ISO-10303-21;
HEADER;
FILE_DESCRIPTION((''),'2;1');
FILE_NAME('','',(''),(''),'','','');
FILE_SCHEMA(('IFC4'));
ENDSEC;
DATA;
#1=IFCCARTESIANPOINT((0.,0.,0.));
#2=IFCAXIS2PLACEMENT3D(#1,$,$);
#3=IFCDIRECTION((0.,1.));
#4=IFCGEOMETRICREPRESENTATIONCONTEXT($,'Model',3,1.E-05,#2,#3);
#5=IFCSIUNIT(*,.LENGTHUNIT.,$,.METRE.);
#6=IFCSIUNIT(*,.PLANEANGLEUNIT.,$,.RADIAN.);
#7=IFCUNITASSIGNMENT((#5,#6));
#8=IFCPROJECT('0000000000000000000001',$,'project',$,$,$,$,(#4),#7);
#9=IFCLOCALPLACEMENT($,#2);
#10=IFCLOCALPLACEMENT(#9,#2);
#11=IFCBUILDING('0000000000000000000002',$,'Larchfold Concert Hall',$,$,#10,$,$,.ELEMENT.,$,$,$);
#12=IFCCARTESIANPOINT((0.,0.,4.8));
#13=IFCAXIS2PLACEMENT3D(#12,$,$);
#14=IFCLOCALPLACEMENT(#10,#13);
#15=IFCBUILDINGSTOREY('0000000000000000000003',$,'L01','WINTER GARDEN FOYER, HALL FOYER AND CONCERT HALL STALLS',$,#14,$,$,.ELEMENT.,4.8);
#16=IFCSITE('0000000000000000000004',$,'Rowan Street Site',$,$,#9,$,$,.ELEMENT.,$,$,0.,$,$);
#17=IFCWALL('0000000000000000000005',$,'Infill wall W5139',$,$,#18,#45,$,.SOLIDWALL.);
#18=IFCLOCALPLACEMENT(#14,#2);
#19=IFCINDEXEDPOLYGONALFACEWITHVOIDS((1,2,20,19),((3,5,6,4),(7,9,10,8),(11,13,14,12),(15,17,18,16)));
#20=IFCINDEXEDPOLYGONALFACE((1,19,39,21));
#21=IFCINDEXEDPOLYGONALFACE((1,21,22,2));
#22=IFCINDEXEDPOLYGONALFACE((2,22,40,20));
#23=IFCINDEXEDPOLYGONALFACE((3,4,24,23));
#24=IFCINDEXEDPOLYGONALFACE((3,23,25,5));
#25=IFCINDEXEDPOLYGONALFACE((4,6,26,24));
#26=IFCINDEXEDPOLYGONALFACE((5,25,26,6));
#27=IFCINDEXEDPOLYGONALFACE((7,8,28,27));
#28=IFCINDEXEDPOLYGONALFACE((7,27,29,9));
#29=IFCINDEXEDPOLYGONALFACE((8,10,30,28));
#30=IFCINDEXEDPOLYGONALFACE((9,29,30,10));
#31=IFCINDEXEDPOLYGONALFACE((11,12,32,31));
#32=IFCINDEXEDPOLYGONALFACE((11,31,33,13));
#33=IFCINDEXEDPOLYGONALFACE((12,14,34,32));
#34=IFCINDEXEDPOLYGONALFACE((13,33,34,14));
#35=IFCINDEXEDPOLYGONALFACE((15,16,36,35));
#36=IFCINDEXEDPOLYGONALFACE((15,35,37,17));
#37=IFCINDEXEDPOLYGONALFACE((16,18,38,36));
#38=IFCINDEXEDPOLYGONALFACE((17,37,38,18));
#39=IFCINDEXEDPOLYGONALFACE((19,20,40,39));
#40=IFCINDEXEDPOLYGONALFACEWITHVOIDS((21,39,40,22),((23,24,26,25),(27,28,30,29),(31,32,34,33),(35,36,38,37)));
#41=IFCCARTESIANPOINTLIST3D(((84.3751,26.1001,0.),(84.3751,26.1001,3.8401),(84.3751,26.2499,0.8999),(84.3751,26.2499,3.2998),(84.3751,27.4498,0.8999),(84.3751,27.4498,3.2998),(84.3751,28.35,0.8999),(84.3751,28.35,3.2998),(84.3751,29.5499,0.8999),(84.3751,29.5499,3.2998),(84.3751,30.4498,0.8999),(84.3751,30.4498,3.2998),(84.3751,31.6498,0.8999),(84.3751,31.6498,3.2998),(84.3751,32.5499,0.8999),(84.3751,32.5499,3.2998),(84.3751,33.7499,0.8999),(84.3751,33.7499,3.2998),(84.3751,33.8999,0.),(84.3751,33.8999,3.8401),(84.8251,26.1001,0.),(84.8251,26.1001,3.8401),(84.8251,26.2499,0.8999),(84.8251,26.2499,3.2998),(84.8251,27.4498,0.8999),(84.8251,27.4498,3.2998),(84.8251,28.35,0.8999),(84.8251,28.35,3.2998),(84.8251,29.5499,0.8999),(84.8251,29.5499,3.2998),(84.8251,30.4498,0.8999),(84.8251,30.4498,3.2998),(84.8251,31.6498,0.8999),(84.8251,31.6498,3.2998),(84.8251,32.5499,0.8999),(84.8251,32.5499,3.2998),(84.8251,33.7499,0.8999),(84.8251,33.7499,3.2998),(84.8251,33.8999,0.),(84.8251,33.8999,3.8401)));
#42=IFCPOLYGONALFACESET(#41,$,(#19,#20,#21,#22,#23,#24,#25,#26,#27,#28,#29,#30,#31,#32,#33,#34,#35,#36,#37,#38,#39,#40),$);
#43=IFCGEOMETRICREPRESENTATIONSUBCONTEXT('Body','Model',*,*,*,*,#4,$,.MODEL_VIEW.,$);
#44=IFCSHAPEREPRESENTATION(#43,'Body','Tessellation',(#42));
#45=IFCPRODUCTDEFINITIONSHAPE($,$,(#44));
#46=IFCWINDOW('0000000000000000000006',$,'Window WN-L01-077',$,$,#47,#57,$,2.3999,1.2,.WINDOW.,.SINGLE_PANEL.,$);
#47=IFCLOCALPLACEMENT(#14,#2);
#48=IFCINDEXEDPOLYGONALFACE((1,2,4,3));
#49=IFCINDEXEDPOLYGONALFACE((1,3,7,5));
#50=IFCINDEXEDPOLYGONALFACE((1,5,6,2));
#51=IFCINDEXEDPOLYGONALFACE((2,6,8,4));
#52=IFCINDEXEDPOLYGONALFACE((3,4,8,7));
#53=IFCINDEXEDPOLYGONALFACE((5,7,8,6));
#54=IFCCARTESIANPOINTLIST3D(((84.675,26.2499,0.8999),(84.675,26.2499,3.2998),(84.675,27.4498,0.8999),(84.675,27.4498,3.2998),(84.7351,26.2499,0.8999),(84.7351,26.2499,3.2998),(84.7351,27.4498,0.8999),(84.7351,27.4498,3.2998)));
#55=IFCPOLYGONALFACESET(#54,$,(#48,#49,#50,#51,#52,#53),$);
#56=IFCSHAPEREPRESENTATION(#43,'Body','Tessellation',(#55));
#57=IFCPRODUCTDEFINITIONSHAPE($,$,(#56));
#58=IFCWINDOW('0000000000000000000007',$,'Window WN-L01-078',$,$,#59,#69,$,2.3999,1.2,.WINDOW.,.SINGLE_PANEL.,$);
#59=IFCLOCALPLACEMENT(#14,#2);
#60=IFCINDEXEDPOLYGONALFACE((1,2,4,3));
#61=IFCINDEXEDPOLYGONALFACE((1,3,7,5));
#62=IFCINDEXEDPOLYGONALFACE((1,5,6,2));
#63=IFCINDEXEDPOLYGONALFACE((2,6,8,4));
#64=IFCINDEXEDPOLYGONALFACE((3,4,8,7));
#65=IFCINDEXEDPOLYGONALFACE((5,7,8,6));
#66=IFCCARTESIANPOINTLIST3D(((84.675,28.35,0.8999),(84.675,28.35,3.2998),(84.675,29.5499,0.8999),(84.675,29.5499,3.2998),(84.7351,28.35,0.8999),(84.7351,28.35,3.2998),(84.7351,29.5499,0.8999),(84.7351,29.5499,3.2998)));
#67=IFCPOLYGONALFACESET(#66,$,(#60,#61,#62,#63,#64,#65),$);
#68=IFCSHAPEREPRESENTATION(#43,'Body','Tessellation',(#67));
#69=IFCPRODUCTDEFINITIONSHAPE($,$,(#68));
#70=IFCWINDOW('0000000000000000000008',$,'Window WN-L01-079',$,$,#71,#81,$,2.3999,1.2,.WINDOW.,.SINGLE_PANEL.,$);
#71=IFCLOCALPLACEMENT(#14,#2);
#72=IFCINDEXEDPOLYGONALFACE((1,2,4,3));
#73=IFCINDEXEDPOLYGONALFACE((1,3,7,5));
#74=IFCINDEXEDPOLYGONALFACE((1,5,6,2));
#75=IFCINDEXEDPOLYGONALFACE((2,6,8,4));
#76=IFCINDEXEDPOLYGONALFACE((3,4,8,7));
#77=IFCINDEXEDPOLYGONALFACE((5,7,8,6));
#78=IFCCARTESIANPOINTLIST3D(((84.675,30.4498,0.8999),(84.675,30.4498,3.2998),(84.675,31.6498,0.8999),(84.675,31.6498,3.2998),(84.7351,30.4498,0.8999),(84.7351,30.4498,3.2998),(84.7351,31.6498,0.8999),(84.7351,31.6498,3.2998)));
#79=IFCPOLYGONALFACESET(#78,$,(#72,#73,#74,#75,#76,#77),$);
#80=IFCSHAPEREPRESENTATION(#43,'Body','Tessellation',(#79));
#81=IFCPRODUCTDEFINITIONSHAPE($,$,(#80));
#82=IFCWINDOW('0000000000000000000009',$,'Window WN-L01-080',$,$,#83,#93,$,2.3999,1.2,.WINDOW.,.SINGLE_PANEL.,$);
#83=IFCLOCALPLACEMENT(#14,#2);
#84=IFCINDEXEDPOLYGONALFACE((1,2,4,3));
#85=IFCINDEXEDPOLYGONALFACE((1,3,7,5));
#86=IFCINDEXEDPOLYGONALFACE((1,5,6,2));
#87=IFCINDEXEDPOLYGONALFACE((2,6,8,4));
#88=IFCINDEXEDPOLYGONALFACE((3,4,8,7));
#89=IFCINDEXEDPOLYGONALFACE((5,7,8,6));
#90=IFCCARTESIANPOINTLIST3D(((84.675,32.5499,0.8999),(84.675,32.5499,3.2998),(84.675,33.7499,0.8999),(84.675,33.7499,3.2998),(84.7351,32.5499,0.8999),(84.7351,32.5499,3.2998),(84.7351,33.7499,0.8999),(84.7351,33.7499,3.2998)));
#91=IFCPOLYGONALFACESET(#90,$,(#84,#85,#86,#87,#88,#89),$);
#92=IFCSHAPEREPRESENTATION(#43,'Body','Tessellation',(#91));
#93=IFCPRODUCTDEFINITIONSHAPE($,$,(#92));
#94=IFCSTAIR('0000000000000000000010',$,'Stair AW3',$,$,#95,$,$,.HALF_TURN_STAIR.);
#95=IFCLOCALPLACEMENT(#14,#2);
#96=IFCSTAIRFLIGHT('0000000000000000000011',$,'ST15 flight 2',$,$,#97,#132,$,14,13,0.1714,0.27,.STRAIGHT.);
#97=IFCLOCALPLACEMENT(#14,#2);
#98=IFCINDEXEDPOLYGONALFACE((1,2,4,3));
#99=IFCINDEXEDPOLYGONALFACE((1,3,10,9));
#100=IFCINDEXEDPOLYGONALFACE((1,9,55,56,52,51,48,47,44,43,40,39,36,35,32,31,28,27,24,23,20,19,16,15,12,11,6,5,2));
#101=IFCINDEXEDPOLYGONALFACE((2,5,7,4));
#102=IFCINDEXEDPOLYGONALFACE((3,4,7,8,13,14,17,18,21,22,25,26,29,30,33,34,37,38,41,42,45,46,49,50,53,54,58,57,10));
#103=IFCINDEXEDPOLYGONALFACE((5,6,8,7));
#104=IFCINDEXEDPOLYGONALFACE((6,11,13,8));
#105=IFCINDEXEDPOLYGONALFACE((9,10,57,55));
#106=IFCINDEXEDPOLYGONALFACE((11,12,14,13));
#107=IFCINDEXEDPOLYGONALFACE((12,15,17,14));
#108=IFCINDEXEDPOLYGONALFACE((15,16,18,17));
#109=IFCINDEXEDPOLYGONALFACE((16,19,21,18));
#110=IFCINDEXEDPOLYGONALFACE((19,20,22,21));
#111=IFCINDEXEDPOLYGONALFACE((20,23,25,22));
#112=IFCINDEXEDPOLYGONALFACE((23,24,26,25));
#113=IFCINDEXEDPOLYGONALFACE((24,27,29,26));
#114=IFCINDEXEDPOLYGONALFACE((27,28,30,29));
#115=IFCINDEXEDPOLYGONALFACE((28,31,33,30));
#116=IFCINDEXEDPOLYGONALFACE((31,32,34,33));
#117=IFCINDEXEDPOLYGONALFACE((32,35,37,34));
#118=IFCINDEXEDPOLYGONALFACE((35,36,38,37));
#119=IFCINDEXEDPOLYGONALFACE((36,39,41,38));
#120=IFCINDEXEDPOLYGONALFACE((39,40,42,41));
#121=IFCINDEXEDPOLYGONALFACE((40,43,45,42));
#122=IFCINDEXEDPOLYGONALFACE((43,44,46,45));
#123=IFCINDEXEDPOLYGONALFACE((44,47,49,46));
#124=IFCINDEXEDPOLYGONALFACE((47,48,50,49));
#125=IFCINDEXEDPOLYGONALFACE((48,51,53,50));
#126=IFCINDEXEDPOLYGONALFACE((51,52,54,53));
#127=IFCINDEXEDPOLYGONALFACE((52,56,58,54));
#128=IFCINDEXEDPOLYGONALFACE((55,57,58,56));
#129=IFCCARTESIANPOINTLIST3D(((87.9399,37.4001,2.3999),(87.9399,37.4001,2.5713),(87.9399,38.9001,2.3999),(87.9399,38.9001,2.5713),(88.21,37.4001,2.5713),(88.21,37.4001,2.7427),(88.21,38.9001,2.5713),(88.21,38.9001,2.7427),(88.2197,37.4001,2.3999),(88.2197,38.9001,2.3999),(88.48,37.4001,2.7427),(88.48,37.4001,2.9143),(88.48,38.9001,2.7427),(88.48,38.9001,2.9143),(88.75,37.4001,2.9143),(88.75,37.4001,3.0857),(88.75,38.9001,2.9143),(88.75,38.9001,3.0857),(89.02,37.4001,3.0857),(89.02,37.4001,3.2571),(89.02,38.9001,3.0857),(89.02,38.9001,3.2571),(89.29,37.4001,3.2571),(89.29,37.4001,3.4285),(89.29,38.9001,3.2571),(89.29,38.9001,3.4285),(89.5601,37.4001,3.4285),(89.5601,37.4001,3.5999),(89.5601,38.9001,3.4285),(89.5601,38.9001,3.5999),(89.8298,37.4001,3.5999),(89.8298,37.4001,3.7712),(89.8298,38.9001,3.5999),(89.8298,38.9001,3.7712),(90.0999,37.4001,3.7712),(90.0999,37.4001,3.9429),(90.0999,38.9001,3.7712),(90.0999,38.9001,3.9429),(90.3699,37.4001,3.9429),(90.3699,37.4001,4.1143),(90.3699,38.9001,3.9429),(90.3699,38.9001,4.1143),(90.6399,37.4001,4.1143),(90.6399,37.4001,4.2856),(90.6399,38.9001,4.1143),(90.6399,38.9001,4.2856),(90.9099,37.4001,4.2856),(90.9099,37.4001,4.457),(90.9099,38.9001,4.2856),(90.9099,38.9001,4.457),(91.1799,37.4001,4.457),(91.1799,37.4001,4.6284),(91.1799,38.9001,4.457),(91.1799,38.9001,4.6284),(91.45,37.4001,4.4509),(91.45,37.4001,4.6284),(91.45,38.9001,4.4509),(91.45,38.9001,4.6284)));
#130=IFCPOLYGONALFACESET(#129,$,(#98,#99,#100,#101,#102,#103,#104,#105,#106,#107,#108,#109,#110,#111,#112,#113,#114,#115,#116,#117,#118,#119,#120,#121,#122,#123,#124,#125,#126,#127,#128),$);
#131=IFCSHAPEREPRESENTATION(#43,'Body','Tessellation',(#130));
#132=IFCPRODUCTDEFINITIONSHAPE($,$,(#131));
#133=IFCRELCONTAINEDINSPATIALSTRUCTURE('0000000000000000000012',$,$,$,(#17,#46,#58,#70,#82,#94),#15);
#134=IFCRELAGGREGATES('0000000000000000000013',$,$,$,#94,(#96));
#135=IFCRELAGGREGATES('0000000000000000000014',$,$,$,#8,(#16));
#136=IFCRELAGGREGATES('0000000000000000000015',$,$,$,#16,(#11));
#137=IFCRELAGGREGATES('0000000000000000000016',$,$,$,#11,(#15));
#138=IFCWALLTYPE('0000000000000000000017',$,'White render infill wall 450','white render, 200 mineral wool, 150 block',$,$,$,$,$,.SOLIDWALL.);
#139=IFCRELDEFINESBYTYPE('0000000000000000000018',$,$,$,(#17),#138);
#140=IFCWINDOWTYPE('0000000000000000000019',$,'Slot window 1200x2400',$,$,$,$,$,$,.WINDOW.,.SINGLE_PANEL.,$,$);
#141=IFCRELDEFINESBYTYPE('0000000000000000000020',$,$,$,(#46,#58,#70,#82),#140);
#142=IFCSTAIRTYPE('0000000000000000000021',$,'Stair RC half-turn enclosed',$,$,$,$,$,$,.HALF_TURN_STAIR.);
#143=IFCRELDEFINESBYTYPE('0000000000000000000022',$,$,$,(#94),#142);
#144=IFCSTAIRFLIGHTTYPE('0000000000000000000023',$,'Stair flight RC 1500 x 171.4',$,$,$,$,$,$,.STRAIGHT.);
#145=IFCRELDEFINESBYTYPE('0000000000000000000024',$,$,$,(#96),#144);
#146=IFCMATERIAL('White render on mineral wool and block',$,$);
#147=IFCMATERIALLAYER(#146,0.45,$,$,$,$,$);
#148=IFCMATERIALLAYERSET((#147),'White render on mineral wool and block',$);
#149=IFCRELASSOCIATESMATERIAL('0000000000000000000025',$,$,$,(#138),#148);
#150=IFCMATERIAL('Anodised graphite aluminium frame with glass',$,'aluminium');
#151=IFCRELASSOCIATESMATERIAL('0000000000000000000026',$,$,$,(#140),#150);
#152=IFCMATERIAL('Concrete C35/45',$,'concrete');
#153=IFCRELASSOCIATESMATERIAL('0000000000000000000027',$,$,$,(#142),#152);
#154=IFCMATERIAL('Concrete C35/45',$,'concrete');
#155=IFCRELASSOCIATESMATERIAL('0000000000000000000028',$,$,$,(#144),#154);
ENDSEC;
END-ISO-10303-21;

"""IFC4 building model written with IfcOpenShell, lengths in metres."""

from ifc_helpers import new_model, si_unit, direction, frame, frame_2d, origin, place, context, subcontext, project, spatial, polyline, rectangle, outline, extrude, material, layer, layer_set, type_object, element, fill, aggregate, save


model = new_model("IFC4")

# Units and contexts
model_context = context("Model", 3, precision=1e-05, world=origin(), true_north=direction((0.0, 1.0)))
body_context = subcontext(model_context, "Body", "Model", "MODEL_VIEW")
ifc_project = project(units=[si_unit("LENGTHUNIT", "METRE"), si_unit("PLANEANGLEUNIT", "RADIAN")], contexts=[model_context])

# Site, building, storey
site_placement = place(None, origin())
site = spatial("IfcSite", under=ifc_project, at=site_placement, Name="Rowan Street Site", CompositionType="ELEMENT", RefElevation=0.0)
building_placement = place(site_placement, origin())
building = spatial("IfcBuilding", under=site, at=building_placement, Name="Larchfold Concert Hall", CompositionType="ELEMENT")
storey_placement = place(building_placement, frame((0.0, 0.0, 4.8)))
storey = spatial("IfcBuildingStorey", under=building, at=storey_placement, Name="L01", Description="WINTER GARDEN FOYER, HALL FOYER AND CONCERT HALL STALLS", CompositionType="ELEMENT", Elevation=4.8)

# Wall, openings, windows
ifc_material_1 = material(Name="White render on mineral wool and block")
ifc_layer_1 = layer(ifc_material_1, 0.45)
ifc_layer_set_1 = layer_set([ifc_layer_1], Name="White render on mineral wool and block")
wall_type_1 = type_object("IfcWallType", Name="White render infill wall 450", Description="white render, 200 mineral wool, 150 block", PredefinedType="SOLIDWALL", material=ifc_layer_set_1)
wall_1_placement = place(storey_placement, frame((84.6001, 33.8999, 0.0), z_axis=(0.0, 0.0, 1.0), x_axis=(0.0, -1.0, 0.0)))
wall_1 = element("IfcWall", 1, at=wall_1_placement, inside=storey, type_object=wall_type_1, Name="Infill wall W5139", PredefinedType="SOLIDWALL", context=body_context, shape_type="SweptSolid", body=[
    extrude(rectangle(XDim=7.7998, YDim=0.45, at=frame_2d((3.8999, 0.0))), origin(), (0.0, 0.0, 1.0), 3.8401),
])
opening_1_placement = place(wall_1_placement, frame((6.45, 0.0, 0.8999)))
opening_1 = element("IfcOpeningElement", 2, at=opening_1_placement, cuts=wall_1, PredefinedType="OPENING", context=body_context, shape_type="SweptSolid", body=[
    extrude(rectangle(XDim=1.2, YDim=2.3999, at=frame_2d((0.6001, 1.2))), frame((0.0, 0.2349, 0.0), z_axis=(0.0, -1.0, 0.0), x_axis=(1.0, 0.0, 0.0)), (0.0, 0.0, 1.0), 0.47),
])
opening_2_placement = place(wall_1_placement, frame((4.3499, 0.0, 0.8999)))
opening_2 = element("IfcOpeningElement", 3, at=opening_2_placement, cuts=wall_1, PredefinedType="OPENING", context=body_context, shape_type="SweptSolid", body=[
    extrude(rectangle(XDim=1.2, YDim=2.3999, at=frame_2d((0.6001, 1.2))), frame((0.0, 0.2349, 0.0), z_axis=(0.0, -1.0, 0.0), x_axis=(1.0, 0.0, 0.0)), (0.0, 0.0, 1.0), 0.47),
])
opening_3_placement = place(wall_1_placement, frame((2.25, 0.0, 0.8999)))
opening_3 = element("IfcOpeningElement", 4, at=opening_3_placement, cuts=wall_1, PredefinedType="OPENING", context=body_context, shape_type="SweptSolid", body=[
    extrude(rectangle(XDim=1.2, YDim=2.3999, at=frame_2d((0.6001, 1.2))), frame((0.0, 0.2349, 0.0), z_axis=(0.0, -1.0, 0.0), x_axis=(1.0, 0.0, 0.0)), (0.0, 0.0, 1.0), 0.47),
])
opening_4_placement = place(wall_1_placement, frame((0.1499, 0.0, 0.8999)))
opening_4 = element("IfcOpeningElement", 5, at=opening_4_placement, cuts=wall_1, PredefinedType="OPENING", context=body_context, shape_type="SweptSolid", body=[
    extrude(rectangle(XDim=1.2, YDim=2.3999, at=frame_2d((0.6001, 1.2))), frame((0.0, 0.2349, 0.0), z_axis=(0.0, -1.0, 0.0), x_axis=(1.0, 0.0, 0.0)), (0.0, 0.0, 1.0), 0.47),
])
ifc_material_2 = material(Name="Anodised graphite aluminium frame with glass", Category="aluminium")
window_type = type_object("IfcWindowType", Name="Slot window 1200x2400", PartitioningType="SINGLE_PANEL", PredefinedType="WINDOW", material=ifc_material_2)
window_1_placement = place(opening_1_placement, origin())
window_1 = element("IfcWindow", 6, at=window_1_placement, inside=storey, type_object=window_type, Name="Window WN-L01-077", OverallHeight=2.3999, OverallWidth=1.2, PartitioningType="SINGLE_PANEL", PredefinedType="WINDOW", context=body_context, shape_type="SweptSolid", body=[
    extrude(rectangle(XDim=1.2, YDim=2.3999, at=frame_2d((0.6001, 1.2))), frame((0.0, 0.135, 0.0), z_axis=(0.0, -1.0, 0.0), x_axis=(1.0, 0.0, 0.0)), (0.0, 0.0, 1.0), 0.0601),
])
fill(opening_1, window_1)
window_2_placement = place(opening_2_placement, origin())
window_2 = element("IfcWindow", 7, at=window_2_placement, inside=storey, type_object=window_type, Name="Window WN-L01-078", OverallHeight=2.3999, OverallWidth=1.2, PartitioningType="SINGLE_PANEL", PredefinedType="WINDOW", context=body_context, shape_type="SweptSolid", body=[
    extrude(rectangle(XDim=1.2, YDim=2.3999, at=frame_2d((0.6001, 1.2))), frame((0.0, 0.135, 0.0), z_axis=(0.0, -1.0, 0.0), x_axis=(1.0, 0.0, 0.0)), (0.0, 0.0, 1.0), 0.0601),
])
fill(opening_2, window_2)
window_3_placement = place(opening_3_placement, origin())
window_3 = element("IfcWindow", 8, at=window_3_placement, inside=storey, type_object=window_type, Name="Window WN-L01-079", OverallHeight=2.3999, OverallWidth=1.2, PartitioningType="SINGLE_PANEL", PredefinedType="WINDOW", context=body_context, shape_type="SweptSolid", body=[
    extrude(rectangle(XDim=1.2, YDim=2.3999, at=frame_2d((0.6001, 1.2))), frame((0.0, 0.135, 0.0), z_axis=(0.0, -1.0, 0.0), x_axis=(1.0, 0.0, 0.0)), (0.0, 0.0, 1.0), 0.0601),
])
fill(opening_3, window_3)
window_4_placement = place(opening_4_placement, origin())
window_4 = element("IfcWindow", 9, at=window_4_placement, inside=storey, type_object=window_type, Name="Window WN-L01-080", OverallHeight=2.3999, OverallWidth=1.2, PartitioningType="SINGLE_PANEL", PredefinedType="WINDOW", context=body_context, shape_type="SweptSolid", body=[
    extrude(rectangle(XDim=1.2, YDim=2.3999, at=frame_2d((0.6001, 1.2))), frame((0.0, 0.135, 0.0), z_axis=(0.0, -1.0, 0.0), x_axis=(1.0, 0.0, 0.0)), (0.0, 0.0, 1.0), 0.0601),
])
fill(opening_4, window_4)

# Stair, stair flight
ifc_material_3 = material(Name="Concrete C35/45", Category="concrete")
stair_type = type_object("IfcStairType", Name="Stair RC half-turn enclosed", PredefinedType="HALF_TURN_STAIR", material=ifc_material_3)
stair_placement = place(storey_placement, origin())
stair = element("IfcStair", 10, at=stair_placement, inside=storey, type_object=stair_type, Name="Stair AW3", PredefinedType="HALF_TURN_STAIR")
ifc_material_4 = material(Name="Concrete C35/45", Category="concrete")
stair_flight_type = type_object("IfcStairFlightType", Name="Stair flight RC 1500 x 171.4", PredefinedType="STRAIGHT", material=ifc_material_4)
stair_flight_placement = place(storey_placement, frame((87.9399, 38.1501, 2.3999), z_axis=(0.0, 0.0, 1.0), x_axis=(1.0, 0.0, 0.0)))
stair_flight = element("IfcStairFlight", 11, at=stair_flight_placement, type_object=stair_flight_type, Name="ST15 flight 2", NumberOfRisers=14, NumberOfTreads=13, PredefinedType="STRAIGHT", RiserHeight=0.1714, TreadLength=0.27, context=body_context, shape_type="SweptSolid", body=[
    extrude(outline(polyline([(0.0, 0.0), (0.0, 0.1714), (0.27, 0.1714), (0.27, 0.3428), (0.54, 0.3428), (0.54, 0.5144), (0.8101, 0.5144), (0.8101, 0.6858), (1.0801, 0.6858), (1.0801, 0.8572), (1.3501, 0.8572), (1.3501, 1.0286), (1.6201, 1.0286), (1.6201, 1.2), (1.8899, 1.2), (1.8899, 1.3713), (2.1599, 1.3713), (2.1599, 1.543), (2.4299, 1.543), (2.4299, 1.7144), (2.7, 1.7144), (2.7, 1.8857), (2.97, 1.8857), (2.97, 2.0571), (3.24, 2.0571), (3.24, 2.2285), (3.51, 2.2285), (3.51, 2.3999), (3.51, 2.051), (0.2798, 0.0), (0.0, 0.0)])), frame((0.0, 0.75, 0.0), z_axis=(0.0, -1.0, 0.0), x_axis=(1.0, 0.0, 0.0)), (0.0, 0.0, 1.0), 1.5),
])
aggregate(stair, [stair_flight])

save(model, "model.ifc")
